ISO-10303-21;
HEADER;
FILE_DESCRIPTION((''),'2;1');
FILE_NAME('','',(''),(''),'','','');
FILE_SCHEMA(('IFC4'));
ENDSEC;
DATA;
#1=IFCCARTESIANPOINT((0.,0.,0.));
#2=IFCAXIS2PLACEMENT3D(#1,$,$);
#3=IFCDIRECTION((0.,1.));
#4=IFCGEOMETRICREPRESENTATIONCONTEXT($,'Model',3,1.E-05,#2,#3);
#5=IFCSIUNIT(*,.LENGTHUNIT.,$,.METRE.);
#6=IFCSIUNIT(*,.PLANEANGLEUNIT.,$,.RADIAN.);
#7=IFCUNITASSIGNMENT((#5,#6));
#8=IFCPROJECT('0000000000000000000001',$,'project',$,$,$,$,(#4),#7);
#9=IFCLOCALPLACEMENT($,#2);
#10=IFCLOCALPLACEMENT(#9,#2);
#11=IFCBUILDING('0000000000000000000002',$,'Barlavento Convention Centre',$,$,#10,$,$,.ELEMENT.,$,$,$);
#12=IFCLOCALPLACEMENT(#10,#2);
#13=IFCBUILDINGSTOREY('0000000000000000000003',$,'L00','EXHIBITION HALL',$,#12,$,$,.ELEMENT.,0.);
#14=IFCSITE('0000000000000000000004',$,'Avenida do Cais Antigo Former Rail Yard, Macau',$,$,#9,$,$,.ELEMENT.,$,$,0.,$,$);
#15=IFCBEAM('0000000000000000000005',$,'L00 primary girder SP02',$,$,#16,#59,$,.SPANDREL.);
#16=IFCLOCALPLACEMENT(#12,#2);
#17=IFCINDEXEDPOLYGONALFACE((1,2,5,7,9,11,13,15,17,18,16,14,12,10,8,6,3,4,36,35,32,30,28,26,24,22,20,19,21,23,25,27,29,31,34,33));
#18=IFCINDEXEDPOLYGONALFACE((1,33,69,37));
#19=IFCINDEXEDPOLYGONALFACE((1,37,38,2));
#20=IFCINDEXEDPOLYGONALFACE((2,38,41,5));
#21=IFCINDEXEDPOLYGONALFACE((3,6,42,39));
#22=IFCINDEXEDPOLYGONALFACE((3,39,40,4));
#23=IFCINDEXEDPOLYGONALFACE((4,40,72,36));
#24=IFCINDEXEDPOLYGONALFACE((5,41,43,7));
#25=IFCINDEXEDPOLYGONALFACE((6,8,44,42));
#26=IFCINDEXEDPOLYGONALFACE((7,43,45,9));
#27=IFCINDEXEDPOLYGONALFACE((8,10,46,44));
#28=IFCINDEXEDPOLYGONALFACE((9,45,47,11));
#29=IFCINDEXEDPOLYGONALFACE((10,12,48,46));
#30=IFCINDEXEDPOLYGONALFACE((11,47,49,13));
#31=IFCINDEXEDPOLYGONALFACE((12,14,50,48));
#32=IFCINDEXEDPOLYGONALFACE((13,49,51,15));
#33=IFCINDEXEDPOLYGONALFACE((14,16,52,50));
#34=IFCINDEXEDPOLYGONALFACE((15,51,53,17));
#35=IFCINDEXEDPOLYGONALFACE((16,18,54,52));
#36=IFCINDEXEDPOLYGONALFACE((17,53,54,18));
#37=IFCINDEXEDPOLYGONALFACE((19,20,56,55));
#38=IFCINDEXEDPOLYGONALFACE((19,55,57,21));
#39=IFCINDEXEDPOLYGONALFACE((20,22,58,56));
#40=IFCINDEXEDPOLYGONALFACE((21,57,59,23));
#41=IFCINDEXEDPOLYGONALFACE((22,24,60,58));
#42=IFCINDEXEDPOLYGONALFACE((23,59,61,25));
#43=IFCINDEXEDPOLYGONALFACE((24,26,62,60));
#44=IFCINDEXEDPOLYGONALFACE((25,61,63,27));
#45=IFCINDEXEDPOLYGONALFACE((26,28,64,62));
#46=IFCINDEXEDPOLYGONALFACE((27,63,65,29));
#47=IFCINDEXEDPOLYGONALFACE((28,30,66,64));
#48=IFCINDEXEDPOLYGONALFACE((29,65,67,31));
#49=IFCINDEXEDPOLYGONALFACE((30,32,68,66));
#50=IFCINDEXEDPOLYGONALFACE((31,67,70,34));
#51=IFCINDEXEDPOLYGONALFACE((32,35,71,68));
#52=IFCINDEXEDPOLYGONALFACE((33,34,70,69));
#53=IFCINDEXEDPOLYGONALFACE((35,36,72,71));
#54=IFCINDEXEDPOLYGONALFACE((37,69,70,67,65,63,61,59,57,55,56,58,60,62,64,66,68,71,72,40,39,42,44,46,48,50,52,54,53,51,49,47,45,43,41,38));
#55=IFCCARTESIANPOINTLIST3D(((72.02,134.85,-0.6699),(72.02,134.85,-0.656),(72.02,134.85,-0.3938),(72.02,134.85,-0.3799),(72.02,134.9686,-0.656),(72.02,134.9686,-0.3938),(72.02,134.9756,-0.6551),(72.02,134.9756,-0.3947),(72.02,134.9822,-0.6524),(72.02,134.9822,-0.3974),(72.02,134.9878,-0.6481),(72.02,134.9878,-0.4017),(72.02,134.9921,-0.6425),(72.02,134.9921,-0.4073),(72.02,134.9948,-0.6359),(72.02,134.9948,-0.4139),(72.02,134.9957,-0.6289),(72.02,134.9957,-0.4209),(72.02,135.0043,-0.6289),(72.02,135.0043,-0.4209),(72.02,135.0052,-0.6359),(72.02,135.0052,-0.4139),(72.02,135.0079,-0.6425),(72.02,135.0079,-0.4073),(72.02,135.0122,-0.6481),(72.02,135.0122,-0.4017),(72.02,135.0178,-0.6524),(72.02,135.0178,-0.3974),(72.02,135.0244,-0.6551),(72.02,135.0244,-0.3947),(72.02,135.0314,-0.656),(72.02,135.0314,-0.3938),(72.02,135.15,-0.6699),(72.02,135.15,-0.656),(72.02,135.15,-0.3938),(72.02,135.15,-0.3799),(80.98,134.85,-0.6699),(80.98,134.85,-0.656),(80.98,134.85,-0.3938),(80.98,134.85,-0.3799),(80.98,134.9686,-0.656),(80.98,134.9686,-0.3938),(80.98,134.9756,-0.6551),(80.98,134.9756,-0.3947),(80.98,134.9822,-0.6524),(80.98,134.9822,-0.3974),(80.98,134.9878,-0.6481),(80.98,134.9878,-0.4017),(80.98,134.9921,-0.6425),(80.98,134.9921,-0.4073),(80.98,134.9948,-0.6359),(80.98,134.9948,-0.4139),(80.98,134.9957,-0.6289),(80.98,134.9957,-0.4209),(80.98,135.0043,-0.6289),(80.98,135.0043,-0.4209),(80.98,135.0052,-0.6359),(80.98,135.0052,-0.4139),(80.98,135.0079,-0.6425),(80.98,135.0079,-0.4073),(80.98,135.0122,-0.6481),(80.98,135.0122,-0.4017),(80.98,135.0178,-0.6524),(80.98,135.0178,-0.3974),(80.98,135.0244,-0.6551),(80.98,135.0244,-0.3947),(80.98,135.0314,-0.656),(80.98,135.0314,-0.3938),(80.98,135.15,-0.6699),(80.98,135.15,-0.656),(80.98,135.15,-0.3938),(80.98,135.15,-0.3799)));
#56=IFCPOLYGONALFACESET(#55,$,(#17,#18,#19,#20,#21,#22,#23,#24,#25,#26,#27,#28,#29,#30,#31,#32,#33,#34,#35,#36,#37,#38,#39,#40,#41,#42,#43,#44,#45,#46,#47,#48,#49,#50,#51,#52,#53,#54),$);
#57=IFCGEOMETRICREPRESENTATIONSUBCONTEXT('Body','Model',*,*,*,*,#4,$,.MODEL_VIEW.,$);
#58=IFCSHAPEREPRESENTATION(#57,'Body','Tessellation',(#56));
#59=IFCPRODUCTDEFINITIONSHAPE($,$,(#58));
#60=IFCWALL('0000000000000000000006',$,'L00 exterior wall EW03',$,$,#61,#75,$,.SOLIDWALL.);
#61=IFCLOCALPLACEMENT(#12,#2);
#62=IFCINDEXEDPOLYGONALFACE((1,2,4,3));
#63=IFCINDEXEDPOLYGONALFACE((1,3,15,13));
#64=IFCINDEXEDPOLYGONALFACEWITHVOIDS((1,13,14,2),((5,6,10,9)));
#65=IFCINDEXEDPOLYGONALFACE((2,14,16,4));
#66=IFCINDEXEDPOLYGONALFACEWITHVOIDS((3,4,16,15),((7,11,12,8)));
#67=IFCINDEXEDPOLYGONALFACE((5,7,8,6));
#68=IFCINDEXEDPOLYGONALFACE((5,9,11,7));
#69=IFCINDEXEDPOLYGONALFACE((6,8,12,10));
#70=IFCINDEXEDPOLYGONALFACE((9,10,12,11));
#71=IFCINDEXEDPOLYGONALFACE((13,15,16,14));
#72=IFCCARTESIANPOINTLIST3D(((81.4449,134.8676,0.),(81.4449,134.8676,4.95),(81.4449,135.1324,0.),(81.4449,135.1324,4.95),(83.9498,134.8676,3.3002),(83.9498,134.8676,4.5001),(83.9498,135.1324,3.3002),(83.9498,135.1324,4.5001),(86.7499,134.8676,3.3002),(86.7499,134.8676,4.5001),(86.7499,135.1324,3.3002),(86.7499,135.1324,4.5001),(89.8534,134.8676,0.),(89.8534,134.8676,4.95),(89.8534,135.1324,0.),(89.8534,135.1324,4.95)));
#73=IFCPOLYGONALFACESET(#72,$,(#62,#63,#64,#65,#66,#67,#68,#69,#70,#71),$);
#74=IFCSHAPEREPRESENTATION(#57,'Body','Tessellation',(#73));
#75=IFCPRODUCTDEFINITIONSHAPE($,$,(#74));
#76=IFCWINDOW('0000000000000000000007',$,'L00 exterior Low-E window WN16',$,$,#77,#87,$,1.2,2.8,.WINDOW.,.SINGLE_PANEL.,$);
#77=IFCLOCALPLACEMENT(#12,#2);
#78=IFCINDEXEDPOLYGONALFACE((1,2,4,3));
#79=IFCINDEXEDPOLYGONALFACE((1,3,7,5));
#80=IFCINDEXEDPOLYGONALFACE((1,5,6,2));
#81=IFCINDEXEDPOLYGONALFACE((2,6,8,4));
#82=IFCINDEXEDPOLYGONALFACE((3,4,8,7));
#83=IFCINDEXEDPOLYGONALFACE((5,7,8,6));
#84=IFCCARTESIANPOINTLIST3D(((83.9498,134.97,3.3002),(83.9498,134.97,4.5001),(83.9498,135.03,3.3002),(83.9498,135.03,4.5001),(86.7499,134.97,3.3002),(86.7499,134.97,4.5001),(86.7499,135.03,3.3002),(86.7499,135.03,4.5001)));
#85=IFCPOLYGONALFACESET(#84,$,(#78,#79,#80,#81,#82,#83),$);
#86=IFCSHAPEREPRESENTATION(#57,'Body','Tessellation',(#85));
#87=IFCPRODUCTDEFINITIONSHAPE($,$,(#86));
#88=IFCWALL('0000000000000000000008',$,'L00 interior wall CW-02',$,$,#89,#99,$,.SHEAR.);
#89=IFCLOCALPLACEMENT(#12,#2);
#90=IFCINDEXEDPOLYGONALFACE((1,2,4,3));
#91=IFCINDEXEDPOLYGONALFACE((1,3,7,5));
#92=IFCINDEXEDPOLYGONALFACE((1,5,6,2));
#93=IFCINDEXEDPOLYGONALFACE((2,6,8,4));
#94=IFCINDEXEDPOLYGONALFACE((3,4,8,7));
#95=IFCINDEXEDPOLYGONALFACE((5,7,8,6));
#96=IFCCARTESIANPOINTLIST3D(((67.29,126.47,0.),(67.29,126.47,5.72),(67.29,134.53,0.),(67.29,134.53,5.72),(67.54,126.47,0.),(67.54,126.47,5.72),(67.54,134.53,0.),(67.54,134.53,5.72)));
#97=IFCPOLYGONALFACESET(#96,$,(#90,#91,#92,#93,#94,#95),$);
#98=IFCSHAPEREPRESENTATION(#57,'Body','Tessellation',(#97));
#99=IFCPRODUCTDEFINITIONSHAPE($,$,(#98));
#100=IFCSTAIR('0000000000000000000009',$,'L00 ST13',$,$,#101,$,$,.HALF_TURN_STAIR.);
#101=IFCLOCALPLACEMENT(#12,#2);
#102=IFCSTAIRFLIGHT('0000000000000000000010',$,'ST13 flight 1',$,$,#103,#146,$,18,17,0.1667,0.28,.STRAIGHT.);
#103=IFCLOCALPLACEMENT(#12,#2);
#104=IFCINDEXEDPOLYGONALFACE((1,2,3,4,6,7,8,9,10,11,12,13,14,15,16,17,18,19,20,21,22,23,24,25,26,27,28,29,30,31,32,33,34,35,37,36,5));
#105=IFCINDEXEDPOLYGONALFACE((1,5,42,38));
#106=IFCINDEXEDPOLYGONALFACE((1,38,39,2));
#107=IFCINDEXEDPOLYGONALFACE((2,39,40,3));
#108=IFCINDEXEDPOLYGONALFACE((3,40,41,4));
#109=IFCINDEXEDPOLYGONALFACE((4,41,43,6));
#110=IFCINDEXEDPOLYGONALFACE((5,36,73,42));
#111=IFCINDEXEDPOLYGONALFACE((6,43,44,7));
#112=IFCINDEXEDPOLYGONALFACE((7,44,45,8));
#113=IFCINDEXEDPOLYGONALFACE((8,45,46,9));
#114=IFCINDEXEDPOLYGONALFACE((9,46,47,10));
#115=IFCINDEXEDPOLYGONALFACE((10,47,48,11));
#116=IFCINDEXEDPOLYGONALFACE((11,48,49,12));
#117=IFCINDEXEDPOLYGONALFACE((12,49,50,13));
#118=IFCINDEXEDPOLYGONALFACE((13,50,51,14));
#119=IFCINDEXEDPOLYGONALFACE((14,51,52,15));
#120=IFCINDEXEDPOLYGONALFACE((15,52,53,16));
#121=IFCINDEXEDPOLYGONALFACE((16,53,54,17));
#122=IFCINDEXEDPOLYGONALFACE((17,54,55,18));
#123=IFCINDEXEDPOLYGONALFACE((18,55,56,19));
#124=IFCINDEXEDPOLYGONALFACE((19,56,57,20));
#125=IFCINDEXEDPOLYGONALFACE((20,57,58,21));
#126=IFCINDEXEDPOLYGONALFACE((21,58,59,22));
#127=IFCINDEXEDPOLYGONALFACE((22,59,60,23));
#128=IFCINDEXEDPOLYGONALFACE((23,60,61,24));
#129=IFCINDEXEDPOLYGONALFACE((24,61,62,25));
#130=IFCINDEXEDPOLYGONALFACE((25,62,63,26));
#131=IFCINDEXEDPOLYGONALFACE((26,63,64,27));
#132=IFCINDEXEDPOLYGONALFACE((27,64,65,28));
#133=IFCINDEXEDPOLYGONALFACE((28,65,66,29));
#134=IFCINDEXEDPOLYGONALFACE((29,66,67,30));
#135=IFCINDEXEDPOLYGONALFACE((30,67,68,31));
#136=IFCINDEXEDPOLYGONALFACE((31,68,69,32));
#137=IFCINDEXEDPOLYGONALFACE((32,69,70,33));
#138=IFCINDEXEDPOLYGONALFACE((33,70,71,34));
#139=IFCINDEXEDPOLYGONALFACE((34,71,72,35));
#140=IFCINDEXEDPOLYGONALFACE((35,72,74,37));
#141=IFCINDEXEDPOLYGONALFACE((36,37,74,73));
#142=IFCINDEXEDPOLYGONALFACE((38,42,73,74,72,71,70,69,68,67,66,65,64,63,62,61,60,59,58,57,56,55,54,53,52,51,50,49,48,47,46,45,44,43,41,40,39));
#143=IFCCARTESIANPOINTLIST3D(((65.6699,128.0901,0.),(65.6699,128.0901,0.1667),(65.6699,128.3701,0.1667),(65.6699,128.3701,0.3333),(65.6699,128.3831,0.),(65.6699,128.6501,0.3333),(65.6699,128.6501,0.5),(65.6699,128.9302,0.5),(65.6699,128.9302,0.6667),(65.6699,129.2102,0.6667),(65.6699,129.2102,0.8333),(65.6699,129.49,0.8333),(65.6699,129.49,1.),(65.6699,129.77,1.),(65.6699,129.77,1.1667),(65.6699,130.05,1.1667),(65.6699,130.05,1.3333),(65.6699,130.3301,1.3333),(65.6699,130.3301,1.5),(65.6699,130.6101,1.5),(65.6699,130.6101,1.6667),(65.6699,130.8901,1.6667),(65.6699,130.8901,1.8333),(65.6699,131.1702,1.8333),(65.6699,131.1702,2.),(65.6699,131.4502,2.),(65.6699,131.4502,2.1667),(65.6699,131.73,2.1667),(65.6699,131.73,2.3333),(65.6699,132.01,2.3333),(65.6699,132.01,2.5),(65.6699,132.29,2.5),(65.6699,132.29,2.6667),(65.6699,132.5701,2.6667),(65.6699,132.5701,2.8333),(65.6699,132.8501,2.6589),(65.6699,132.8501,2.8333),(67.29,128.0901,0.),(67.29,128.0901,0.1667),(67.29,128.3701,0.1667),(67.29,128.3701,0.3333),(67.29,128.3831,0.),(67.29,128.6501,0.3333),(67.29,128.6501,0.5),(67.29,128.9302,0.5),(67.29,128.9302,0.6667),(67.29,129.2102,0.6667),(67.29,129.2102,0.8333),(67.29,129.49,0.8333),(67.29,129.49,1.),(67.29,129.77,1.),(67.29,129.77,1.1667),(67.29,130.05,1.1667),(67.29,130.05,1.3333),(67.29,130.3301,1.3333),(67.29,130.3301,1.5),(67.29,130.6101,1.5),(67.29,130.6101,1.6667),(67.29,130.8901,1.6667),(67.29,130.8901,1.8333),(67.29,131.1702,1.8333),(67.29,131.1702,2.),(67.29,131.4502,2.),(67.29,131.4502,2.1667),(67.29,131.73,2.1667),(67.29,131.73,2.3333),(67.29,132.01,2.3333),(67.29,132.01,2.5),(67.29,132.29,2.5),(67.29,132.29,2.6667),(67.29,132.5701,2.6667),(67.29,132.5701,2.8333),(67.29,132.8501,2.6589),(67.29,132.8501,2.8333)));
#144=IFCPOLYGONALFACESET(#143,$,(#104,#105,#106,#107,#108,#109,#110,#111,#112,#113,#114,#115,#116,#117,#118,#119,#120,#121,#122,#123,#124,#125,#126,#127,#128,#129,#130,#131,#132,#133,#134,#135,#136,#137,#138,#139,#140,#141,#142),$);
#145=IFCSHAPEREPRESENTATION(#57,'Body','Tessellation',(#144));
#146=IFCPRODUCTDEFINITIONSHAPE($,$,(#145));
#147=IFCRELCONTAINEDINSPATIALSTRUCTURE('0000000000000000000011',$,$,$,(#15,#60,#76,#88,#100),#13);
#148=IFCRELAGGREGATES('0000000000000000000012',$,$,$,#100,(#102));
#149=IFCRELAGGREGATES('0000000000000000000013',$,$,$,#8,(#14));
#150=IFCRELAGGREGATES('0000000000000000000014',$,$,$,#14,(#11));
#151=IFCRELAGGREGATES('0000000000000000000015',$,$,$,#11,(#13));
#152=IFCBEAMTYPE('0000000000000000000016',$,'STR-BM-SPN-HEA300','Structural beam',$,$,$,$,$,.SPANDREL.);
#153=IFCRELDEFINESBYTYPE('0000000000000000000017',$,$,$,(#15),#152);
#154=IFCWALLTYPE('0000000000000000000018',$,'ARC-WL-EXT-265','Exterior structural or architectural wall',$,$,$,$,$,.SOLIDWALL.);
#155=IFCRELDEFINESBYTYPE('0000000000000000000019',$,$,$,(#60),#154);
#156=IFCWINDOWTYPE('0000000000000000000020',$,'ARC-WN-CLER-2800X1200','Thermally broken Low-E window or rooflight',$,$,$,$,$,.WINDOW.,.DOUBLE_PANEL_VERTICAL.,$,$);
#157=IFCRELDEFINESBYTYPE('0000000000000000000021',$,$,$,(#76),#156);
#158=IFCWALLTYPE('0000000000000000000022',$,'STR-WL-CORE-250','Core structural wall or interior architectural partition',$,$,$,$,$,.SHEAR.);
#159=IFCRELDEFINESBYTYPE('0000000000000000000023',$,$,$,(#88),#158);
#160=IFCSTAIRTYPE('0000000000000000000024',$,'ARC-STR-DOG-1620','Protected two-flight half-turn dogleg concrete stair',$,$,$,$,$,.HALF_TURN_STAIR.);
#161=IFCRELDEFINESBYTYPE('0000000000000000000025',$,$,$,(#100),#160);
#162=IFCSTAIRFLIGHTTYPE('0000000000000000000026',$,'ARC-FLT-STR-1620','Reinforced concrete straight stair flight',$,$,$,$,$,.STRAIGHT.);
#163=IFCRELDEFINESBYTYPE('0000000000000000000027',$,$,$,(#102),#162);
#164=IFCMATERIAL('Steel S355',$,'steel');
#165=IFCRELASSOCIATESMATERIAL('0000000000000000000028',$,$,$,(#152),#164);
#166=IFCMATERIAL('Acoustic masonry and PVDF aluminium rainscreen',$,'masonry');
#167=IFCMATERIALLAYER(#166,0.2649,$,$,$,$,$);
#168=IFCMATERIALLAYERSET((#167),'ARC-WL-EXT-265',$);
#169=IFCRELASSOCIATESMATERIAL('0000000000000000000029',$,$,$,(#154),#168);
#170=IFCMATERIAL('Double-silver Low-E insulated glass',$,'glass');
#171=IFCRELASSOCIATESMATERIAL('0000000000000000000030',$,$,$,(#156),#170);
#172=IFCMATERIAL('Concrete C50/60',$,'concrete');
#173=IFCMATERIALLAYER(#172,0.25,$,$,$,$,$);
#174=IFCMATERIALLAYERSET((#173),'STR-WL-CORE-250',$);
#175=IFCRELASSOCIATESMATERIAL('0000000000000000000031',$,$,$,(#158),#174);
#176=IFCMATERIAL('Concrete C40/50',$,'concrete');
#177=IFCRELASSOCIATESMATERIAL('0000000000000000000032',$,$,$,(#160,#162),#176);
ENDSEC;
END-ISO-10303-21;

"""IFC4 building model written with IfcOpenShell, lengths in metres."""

from ifc_helpers import new_model, si_unit, direction, frame, frame_2d, origin, origin_2d, place, context, subcontext, project, spatial, polyline, rectangle, i_section, outline, extrude, material, layer, layer_set, material_profile, profile_set, type_object, element, fill, aggregate, save


model = new_model("IFC4")

# Units and contexts
model_context = context("Model", 3, precision=1e-05, world=origin(), true_north=direction((0.0, 1.0)))
body_context = subcontext(model_context, "Body", "Model", "MODEL_VIEW")
ifc_project = project(units=[si_unit("LENGTHUNIT", "METRE"), si_unit("PLANEANGLEUNIT", "RADIAN")], contexts=[model_context])

# Site, building, storey
site_placement = place(None, origin())
site = spatial("IfcSite", under=ifc_project, at=site_placement, Name="Avenida do Cais Antigo Former Rail Yard, Macau", CompositionType="ELEMENT", RefElevation=0.0)
building_placement = place(site_placement, origin())
building = spatial("IfcBuilding", under=site, at=building_placement, Name="Barlavento Convention Centre", CompositionType="ELEMENT")
storey_placement = place(building_placement, origin())
storey = spatial("IfcBuildingStorey", under=building, at=storey_placement, Name="L00", Description="EXHIBITION HALL", CompositionType="ELEMENT", Elevation=0.0)

# Shared definitions
ifc_material_1 = material(Name="Concrete C50/60", Category="concrete")

# Beam
ifc_material_2 = material(Name="Steel S355", Category="steel")
ifc_material_profile_1 = material_profile(ifc_material_2, i_section(OverallWidth=0.3, OverallDepth=0.29, WebThickness=0.0085, FlangeThickness=0.0139, FilletRadius=0.0271, at=origin_2d()), Name="HEA 300")
ifc_profile_set_1 = profile_set([ifc_material_profile_1], Name="Steel S355")
beam_type_1 = type_object("IfcBeamType", Name="STR-BM-SPN-HEA300", Description="Structural beam", PredefinedType="SPANDREL", material=ifc_profile_set_1)
beam_1_placement = place(storey_placement, frame((72.02, 135.0, -0.5249), z_axis=(1.0, 0.0, 0.0), x_axis=(0.0, 1.0, 0.0)))
element("IfcBeam", 1, at=beam_1_placement, inside=storey, type_object=beam_type_1, Name="L00 primary girder SP02", PredefinedType="SPANDREL", context=body_context, shape_type="SweptSolid", body=[
    extrude(i_section(OverallWidth=0.3, OverallDepth=0.29, WebThickness=0.0085, FlangeThickness=0.0139, FilletRadius=0.0271, at=origin_2d()), origin(), (0.0, 0.0, 1.0), 8.96),
])

# Shared definitions
ifc_material_3 = material(Name="Acoustic masonry and PVDF aluminium rainscreen", Category="masonry")
ifc_layer_1 = layer(ifc_material_3, 0.2649)
ifc_layer_set_1 = layer_set([ifc_layer_1], Name="ARC-WL-EXT-265")
wall_type_1 = type_object("IfcWallType", Name="ARC-WL-EXT-265", Description="Exterior structural or architectural wall", PredefinedType="SOLIDWALL", material=ifc_layer_set_1)

# Wall, opening, window
wall_1_placement = place(storey_placement, frame((81.4451, 135.0, 0.0), z_axis=(0.0, 0.0, 1.0), x_axis=(1.0, 0.0, 0.0)))
wall_1 = element("IfcWall", 2, at=wall_1_placement, inside=storey, type_object=wall_type_1, Name="L00 exterior wall EW03", PredefinedType="SOLIDWALL", context=body_context, shape_type="SweptSolid", body=[
    extrude(rectangle(XDim=8.4084, YDim=0.2649, at=frame_2d((4.2041, 0.0))), origin(), (0.0, 0.0, 1.0), 4.95),
])
opening_1_placement = place(wall_1_placement, frame((2.5049, 0.0, 3.3)))
opening_1 = element("IfcOpeningElement", 3, at=opening_1_placement, cuts=wall_1, PredefinedType="OPENING", context=body_context, shape_type="SweptSolid", body=[
    extrude(rectangle(XDim=2.8, YDim=1.2, at=frame_2d((1.3999, 0.6001))), frame((0.0, 0.1423, 0.0), z_axis=(0.0, -1.0, 0.0), x_axis=(1.0, 0.0, 0.0)), (0.0, 0.0, 1.0), 0.2849),
])
ifc_material_4 = material(Name="Double-silver Low-E insulated glass", Category="glass")
window_type = type_object("IfcWindowType", Name="ARC-WN-CLER-2800X1200", Description="Thermally broken Low-E window or rooflight", PartitioningType="DOUBLE_PANEL_VERTICAL", PredefinedType="WINDOW", material=ifc_material_4)
window_placement = place(opening_1_placement, origin())
window = element("IfcWindow", 4, at=window_placement, inside=storey, type_object=window_type, Name="L00 exterior Low-E window WN16", OverallHeight=1.2, OverallWidth=2.8, PartitioningType="SINGLE_PANEL", PredefinedType="WINDOW", context=body_context, shape_type="SweptSolid", body=[
    extrude(rectangle(XDim=2.8, YDim=1.2, at=frame_2d((1.3999, 0.6001))), frame((0.0, 0.03, 0.0), z_axis=(0.0, -1.0, 0.0), x_axis=(1.0, 0.0, 0.0)), (0.0, 0.0, 1.0), 0.0601),
])
fill(opening_1, window)

# Wall
ifc_layer_2 = layer(ifc_material_1, 0.25)
ifc_layer_set_2 = layer_set([ifc_layer_2], Name="STR-WL-CORE-250")
wall_type_2 = type_object("IfcWallType", Name="STR-WL-CORE-250", Description="Core structural wall or interior architectural partition", PredefinedType="SHEAR", material=ifc_layer_set_2)
wall_2_placement = place(storey_placement, frame((67.415, 126.47, 0.0), z_axis=(0.0, 0.0, 1.0), x_axis=(0.0, 1.0, 0.0)))
element("IfcWall", 5, at=wall_2_placement, inside=storey, type_object=wall_type_2, Name="L00 interior wall CW-02", PredefinedType="SHEAR", context=body_context, shape_type="SweptSolid", body=[
    extrude(rectangle(XDim=8.0601, YDim=0.25, at=frame_2d((4.03, 0.0))), origin(), (0.0, 0.0, 1.0), 5.72),
])

# Stair, stair flight
ifc_material_5 = material(Name="Concrete C40/50", Category="concrete")
stair_type = type_object("IfcStairType", Name="ARC-STR-DOG-1620", Description="Protected two-flight half-turn dogleg concrete stair", PredefinedType="HALF_TURN_STAIR", material=ifc_material_5)
stair_placement = place(storey_placement, origin())
stair = element("IfcStair", 6, at=stair_placement, inside=storey, type_object=stair_type, Name="L00 ST13", PredefinedType="HALF_TURN_STAIR")
stair_flight_type = type_object("IfcStairFlightType", Name="ARC-FLT-STR-1620", Description="Reinforced concrete straight stair flight", PredefinedType="STRAIGHT", material=ifc_material_5)
stair_flight_placement = place(storey_placement, frame((66.48, 128.0901, 0.0), z_axis=(0.0, 0.0, 1.0), x_axis=(0.0, 1.0, 0.0)))
stair_flight = element("IfcStairFlight", 7, at=stair_flight_placement, type_object=stair_flight_type, Name="ST13 flight 1", NumberOfRisers=18, NumberOfTreads=17, PredefinedType="STRAIGHT", RiserHeight=0.1667, TreadLength=0.28, context=body_context, shape_type="SweptSolid", body=[
    extrude(outline(polyline([(0.0, 0.0), (0.0, 0.1667), (0.28, 0.1667), (0.28, 0.3333), (0.5601, 0.3333), (0.5601, 0.5), (0.8401, 0.5), (0.8401, 0.6667), (1.1201, 0.6667), (1.1201, 0.8333), (1.3999, 0.8333), (1.3999, 1.0), (1.6799, 1.0), (1.6799, 1.1667), (1.96, 1.1667), (1.96, 1.3333), (2.24, 1.3333), (2.24, 1.5), (2.52, 1.5), (2.52, 1.6667), (2.8, 1.6667), (2.8, 1.8333), (3.0801, 1.8333), (3.0801, 2.0), (3.3601, 2.0), (3.3601, 2.1667), (3.6399, 2.1667), (3.6399, 2.3333), (3.9199, 2.3333), (3.9199, 2.5), (4.2, 2.5), (4.2, 2.6667), (4.48, 2.6667), (4.48, 2.8333), (4.76, 2.8333), (4.76, 3.0), (4.76, 2.6589), (0.293, 0.0), (0.0, 0.0)])), frame((0.0, 0.8101, 0.0), z_axis=(0.0, -1.0, 0.0), x_axis=(1.0, 0.0, 0.0)), (0.0, 0.0, 1.0), 1.6201),
])
aggregate(stair, [stair_flight])

save(model, "model.ifc")
